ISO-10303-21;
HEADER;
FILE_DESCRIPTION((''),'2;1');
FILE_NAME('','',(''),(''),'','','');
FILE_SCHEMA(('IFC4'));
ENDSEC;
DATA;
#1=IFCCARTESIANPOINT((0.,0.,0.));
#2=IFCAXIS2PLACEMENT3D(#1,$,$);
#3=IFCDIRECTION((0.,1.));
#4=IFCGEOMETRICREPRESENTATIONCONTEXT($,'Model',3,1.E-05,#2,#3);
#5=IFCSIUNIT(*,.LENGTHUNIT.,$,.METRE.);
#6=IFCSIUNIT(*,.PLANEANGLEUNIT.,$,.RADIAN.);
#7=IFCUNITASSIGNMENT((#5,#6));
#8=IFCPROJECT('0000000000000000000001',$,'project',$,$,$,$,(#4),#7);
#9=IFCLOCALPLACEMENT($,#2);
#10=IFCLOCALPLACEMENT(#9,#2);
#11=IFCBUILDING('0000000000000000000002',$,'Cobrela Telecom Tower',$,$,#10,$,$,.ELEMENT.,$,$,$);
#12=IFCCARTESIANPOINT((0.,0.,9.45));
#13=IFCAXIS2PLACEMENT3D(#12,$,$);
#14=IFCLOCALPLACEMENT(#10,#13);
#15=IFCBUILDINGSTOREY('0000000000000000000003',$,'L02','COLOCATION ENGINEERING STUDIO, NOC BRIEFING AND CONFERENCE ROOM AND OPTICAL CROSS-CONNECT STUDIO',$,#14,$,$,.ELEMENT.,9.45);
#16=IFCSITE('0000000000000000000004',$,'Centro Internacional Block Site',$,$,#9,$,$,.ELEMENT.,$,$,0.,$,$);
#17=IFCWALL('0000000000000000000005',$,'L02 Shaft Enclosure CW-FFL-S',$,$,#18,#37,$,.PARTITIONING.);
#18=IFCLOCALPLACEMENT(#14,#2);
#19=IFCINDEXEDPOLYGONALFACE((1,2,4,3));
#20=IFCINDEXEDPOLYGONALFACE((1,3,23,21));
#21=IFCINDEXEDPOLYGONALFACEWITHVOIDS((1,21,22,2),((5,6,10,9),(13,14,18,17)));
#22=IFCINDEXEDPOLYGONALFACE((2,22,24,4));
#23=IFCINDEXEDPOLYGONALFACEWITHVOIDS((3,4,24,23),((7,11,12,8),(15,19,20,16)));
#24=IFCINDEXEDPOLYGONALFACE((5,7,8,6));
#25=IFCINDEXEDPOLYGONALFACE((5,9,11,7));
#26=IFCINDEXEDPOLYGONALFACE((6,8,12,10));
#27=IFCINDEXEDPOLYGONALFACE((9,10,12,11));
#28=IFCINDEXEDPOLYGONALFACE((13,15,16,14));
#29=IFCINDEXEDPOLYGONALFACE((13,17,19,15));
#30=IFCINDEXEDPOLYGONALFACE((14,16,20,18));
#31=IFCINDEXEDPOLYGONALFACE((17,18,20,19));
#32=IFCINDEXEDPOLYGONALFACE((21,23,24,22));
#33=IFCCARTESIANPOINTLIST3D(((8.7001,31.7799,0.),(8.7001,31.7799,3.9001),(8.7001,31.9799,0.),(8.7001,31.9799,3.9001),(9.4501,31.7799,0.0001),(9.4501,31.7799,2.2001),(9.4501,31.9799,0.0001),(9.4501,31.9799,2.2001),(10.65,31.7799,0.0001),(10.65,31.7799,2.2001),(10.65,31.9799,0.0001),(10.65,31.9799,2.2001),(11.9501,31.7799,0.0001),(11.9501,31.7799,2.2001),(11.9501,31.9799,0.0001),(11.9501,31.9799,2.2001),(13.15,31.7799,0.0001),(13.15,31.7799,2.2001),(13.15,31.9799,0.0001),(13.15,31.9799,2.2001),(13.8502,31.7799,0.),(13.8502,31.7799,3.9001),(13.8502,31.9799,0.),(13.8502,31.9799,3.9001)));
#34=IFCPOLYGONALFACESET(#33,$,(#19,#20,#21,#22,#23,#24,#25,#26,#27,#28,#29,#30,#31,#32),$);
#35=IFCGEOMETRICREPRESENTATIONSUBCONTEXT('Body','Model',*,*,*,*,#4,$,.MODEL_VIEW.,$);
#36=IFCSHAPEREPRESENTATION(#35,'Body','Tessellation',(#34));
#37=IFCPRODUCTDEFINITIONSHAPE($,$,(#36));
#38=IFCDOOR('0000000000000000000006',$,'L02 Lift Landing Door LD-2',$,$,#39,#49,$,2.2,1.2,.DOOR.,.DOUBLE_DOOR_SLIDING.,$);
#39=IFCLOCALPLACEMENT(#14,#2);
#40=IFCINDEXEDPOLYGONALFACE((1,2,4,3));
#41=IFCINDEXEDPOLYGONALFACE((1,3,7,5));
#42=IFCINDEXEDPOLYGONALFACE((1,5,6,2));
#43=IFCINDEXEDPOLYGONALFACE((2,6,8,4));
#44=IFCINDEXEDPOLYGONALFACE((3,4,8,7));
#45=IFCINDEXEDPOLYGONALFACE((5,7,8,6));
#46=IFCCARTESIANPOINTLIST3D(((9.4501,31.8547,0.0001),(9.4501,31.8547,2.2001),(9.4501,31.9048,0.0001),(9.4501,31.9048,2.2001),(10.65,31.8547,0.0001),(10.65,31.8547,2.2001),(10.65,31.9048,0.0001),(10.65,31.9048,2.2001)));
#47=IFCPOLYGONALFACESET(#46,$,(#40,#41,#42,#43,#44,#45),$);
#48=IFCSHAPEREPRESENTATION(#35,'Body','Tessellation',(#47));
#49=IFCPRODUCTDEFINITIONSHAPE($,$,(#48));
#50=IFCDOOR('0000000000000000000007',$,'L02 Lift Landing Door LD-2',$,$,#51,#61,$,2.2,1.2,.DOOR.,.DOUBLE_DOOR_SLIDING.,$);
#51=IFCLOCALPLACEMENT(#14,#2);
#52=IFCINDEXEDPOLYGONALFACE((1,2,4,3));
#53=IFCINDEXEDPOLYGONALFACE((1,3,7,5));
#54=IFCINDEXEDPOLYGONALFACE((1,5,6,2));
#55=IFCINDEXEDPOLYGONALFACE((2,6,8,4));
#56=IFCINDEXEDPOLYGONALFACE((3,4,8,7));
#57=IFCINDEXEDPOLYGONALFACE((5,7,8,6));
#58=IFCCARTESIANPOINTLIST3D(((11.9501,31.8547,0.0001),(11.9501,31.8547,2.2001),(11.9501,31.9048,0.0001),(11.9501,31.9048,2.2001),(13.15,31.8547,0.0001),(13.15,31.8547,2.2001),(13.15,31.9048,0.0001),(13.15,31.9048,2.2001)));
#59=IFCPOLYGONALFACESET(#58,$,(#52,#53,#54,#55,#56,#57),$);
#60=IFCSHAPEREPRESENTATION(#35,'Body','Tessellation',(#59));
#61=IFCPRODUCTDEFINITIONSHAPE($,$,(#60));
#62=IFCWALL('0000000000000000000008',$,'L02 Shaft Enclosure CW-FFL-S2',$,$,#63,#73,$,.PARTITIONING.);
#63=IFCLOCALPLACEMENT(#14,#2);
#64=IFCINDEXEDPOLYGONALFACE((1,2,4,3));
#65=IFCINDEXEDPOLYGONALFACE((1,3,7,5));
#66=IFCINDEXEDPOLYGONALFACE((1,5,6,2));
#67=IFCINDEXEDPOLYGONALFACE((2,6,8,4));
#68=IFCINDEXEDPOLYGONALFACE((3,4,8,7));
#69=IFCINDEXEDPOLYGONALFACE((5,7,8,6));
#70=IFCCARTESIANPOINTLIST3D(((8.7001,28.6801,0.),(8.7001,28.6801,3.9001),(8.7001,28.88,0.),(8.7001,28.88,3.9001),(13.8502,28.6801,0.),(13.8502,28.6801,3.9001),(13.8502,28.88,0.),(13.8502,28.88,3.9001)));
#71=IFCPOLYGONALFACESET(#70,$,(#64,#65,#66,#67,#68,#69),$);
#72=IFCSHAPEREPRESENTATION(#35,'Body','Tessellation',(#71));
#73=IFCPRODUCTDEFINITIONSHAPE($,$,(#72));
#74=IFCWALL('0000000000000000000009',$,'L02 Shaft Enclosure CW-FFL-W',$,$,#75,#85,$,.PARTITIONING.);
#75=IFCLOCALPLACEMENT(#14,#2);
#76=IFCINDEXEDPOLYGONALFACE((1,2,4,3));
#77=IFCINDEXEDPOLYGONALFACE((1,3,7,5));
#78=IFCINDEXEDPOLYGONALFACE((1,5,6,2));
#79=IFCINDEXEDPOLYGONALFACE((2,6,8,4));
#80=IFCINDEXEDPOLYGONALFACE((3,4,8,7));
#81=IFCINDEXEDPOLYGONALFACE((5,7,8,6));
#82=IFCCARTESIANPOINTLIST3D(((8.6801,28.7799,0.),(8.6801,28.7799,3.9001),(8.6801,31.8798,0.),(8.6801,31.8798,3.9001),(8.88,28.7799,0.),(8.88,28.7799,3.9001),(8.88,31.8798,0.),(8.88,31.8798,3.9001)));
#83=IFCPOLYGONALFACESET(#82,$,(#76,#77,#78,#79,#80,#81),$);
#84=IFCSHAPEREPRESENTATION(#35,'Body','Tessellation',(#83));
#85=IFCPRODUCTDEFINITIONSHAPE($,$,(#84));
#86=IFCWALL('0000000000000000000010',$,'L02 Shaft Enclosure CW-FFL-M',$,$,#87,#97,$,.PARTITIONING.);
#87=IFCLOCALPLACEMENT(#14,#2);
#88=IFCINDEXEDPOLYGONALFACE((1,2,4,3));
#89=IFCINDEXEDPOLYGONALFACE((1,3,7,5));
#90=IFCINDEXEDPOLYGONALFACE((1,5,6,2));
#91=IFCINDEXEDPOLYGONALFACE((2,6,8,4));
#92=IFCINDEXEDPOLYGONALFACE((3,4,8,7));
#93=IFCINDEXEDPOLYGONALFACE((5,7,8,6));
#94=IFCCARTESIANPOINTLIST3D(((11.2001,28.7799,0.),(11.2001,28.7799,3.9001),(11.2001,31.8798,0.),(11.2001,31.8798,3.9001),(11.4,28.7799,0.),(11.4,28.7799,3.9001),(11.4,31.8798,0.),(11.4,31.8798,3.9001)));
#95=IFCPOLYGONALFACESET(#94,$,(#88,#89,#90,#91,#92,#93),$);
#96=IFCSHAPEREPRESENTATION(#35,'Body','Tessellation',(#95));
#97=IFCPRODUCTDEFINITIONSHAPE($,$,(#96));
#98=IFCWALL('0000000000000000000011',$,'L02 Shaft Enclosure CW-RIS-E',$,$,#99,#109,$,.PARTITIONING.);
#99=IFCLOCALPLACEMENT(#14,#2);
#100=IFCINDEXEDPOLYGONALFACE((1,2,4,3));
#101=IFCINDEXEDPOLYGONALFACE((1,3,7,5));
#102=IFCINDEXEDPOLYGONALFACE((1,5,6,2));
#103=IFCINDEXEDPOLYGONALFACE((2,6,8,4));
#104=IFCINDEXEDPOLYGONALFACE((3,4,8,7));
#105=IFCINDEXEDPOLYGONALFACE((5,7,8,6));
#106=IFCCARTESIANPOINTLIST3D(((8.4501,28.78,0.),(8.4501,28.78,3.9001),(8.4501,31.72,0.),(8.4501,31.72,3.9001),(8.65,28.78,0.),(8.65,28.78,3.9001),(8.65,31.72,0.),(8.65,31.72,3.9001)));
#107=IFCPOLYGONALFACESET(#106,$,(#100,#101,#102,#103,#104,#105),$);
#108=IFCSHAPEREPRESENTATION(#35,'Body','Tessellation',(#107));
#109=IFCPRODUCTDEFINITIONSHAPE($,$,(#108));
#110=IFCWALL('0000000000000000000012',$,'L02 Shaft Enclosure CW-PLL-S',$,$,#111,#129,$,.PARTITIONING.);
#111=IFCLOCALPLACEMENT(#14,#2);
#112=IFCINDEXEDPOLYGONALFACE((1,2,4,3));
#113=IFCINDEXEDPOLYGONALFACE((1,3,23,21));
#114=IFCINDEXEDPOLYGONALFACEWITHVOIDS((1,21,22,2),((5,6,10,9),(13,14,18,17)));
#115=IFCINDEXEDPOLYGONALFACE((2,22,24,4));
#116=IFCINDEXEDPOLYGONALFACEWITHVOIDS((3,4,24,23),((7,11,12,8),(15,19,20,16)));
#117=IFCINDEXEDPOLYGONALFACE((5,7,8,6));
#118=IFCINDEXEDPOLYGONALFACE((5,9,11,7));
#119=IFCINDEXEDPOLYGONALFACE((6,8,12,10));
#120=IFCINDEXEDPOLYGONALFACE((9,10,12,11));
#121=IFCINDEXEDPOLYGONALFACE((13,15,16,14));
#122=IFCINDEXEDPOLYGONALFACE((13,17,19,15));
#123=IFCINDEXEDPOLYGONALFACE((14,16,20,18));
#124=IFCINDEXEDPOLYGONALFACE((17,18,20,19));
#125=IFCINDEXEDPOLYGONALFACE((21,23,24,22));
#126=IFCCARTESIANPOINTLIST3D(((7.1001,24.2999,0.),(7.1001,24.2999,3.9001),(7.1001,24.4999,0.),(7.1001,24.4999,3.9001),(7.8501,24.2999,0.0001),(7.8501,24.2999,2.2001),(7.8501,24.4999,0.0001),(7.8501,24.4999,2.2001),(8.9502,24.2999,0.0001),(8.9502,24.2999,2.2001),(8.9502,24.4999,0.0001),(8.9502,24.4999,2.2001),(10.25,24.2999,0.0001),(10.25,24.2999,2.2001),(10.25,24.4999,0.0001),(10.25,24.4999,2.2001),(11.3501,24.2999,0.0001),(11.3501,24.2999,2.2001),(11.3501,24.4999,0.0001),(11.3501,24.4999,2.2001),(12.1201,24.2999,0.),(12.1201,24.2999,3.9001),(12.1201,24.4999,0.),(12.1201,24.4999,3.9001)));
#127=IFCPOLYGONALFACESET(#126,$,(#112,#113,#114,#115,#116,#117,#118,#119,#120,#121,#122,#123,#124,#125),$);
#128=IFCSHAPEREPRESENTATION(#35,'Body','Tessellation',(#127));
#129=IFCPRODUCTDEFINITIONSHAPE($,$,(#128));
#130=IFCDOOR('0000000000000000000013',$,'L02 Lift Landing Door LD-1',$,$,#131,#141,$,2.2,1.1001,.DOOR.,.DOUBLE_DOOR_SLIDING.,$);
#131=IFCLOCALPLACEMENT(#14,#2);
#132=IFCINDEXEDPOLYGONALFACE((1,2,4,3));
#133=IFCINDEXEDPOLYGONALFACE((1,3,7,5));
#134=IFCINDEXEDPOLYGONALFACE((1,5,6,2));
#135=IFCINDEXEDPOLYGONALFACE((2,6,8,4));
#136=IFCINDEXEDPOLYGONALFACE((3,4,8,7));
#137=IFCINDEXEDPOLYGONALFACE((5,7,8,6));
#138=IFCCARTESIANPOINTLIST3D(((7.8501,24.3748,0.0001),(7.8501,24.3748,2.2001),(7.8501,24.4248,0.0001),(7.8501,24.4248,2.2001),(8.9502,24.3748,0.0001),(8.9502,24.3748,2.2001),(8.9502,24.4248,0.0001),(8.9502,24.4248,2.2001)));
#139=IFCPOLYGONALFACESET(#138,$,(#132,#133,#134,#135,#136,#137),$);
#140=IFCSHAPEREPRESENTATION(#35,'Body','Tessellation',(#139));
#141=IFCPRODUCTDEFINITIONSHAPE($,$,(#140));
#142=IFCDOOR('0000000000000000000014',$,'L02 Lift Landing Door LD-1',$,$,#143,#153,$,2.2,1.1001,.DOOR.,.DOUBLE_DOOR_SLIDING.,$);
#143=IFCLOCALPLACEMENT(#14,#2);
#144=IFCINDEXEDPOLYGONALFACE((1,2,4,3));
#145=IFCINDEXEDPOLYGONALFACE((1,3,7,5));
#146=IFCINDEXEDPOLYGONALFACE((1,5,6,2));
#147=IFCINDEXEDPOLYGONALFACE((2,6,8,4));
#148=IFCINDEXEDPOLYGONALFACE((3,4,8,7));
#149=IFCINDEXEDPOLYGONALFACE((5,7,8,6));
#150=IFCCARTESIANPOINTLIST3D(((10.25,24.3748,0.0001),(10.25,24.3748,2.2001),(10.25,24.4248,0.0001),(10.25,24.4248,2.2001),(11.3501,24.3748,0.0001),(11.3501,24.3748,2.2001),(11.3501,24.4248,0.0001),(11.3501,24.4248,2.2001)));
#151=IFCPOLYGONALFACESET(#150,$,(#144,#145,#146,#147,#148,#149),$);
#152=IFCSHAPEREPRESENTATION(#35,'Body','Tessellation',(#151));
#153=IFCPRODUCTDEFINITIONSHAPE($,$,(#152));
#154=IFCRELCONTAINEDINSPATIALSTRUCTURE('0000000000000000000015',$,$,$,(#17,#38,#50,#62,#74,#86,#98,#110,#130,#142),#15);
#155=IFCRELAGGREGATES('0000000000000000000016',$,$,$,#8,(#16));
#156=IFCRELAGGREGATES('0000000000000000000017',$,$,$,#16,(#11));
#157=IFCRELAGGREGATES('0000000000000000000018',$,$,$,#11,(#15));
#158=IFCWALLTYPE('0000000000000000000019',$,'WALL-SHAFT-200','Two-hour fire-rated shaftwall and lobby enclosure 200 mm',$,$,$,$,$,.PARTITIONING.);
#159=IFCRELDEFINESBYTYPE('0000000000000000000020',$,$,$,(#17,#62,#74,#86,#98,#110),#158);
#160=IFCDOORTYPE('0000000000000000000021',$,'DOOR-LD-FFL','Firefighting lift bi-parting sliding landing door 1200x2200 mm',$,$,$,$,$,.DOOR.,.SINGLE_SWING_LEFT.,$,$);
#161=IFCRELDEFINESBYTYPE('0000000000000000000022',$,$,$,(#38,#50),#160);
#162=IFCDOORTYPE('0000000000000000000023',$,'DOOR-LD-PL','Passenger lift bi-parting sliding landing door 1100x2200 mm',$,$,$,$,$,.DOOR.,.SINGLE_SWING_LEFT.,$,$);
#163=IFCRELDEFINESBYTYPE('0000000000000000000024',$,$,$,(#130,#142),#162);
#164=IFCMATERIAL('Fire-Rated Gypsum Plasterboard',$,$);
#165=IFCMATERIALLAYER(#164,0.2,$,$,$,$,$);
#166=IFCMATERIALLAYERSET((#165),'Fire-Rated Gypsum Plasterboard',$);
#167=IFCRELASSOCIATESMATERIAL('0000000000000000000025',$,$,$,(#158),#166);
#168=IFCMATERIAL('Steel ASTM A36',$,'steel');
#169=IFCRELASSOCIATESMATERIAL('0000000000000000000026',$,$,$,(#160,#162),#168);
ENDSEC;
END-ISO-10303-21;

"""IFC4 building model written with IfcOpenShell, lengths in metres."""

from ifc_helpers import new_model, si_unit, direction, frame, frame_2d, origin, place, context, subcontext, project, spatial, rectangle, extrude, material, layer, layer_set, type_object, element, fill, save


model = new_model("IFC4")

# Units and contexts
model_context = context("Model", 3, precision=1e-05, world=origin(), true_north=direction((0.0, 1.0)))
body_context = subcontext(model_context, "Body", "Model", "MODEL_VIEW")
ifc_project = project(units=[si_unit("LENGTHUNIT", "METRE"), si_unit("PLANEANGLEUNIT", "RADIAN")], contexts=[model_context])

# Site, building, storey
site_placement = place(None, origin())
site = spatial("IfcSite", under=ifc_project, at=site_placement, Name="Centro Internacional Block Site", CompositionType="ELEMENT", RefElevation=0.0)
building_placement = place(site_placement, origin())
building = spatial("IfcBuilding", under=site, at=building_placement, Name="Cobrela Telecom Tower", CompositionType="ELEMENT")
storey_placement = place(building_placement, frame((0.0, 0.0, 9.45)))
storey = spatial("IfcBuildingStorey", under=building, at=storey_placement, Name="L02", Description="COLOCATION ENGINEERING STUDIO, NOC BRIEFING AND CONFERENCE ROOM AND OPTICAL CROSS-CONNECT STUDIO", CompositionType="ELEMENT", Elevation=9.45)

# Wall, openings, doors
ifc_material_1 = material(Name="Steel ASTM A36", Category="steel")
ifc_material_2 = material(Name="Fire-Rated Gypsum Plasterboard")
ifc_layer_1 = layer(ifc_material_2, 0.2)
ifc_layer_set_1 = layer_set([ifc_layer_1], Name="Fire-Rated Gypsum Plasterboard")
wall_type_1 = type_object("IfcWallType", Name="WALL-SHAFT-200", Description="Two-hour fire-rated shaftwall and lobby enclosure 200 mm", PredefinedType="PARTITIONING", material=ifc_layer_set_1)
wall_1_placement = place(storey_placement, frame((8.7, 31.8799, 0.0), z_axis=(0.0, 0.0, 1.0), x_axis=(1.0, 0.0, 0.0)))
wall_1 = element("IfcWall", 1, at=wall_1_placement, inside=storey, type_object=wall_type_1, Name="L02 Shaft Enclosure CW-FFL-S", PredefinedType="PARTITIONING", context=body_context, shape_type="SweptSolid", body=[
    extrude(rectangle(XDim=5.1501, YDim=0.2, at=frame_2d((2.5752, 0.0))), origin(), (0.0, 0.0, 1.0), 3.9001),
])
opening_1_placement = place(wall_1_placement, frame((0.75, 0.0, 0.0)))
opening_1 = element("IfcOpeningElement", 2, at=opening_1_placement, cuts=wall_1, PredefinedType="OPENING", context=body_context, shape_type="SweptSolid", body=[
    extrude(rectangle(XDim=1.2, YDim=2.2, at=frame_2d((0.6001, 1.1001))), frame((0.0, 0.1118, 0.0), z_axis=(0.0, -1.0, 0.0), x_axis=(1.0, 0.0, 0.0)), (0.0, 0.0, 1.0), 0.2239),
])
opening_2_placement = place(wall_1_placement, frame((3.25, 0.0, 0.0)))
opening_2 = element("IfcOpeningElement", 3, at=opening_2_placement, cuts=wall_1, PredefinedType="OPENING", context=body_context, shape_type="SweptSolid", body=[
    extrude(rectangle(XDim=1.2, YDim=2.2, at=frame_2d((0.6001, 1.1001))), frame((0.0, 0.1118, 0.0), z_axis=(0.0, -1.0, 0.0), x_axis=(1.0, 0.0, 0.0)), (0.0, 0.0, 1.0), 0.2239),
])
door_type_1 = type_object("IfcDoorType", Name="DOOR-LD-FFL", Description="Firefighting lift bi-parting sliding landing door 1200x2200 mm", OperationType="SINGLE_SWING_LEFT", PredefinedType="DOOR", material=ifc_material_1)
door_1_placement = place(opening_1_placement, origin())
door_1 = element("IfcDoor", 4, at=door_1_placement, inside=storey, type_object=door_type_1, Name="L02 Lift Landing Door LD-2", OperationType="DOUBLE_DOOR_SLIDING", OverallHeight=2.2, OverallWidth=1.2, PredefinedType="DOOR", context=body_context, shape_type="SweptSolid", body=[
    extrude(rectangle(XDim=1.2, YDim=2.2, at=frame_2d((0.6001, 1.1001))), frame((0.0, 0.0249, 0.0), z_axis=(0.0, -1.0, 0.0), x_axis=(1.0, 0.0, 0.0)), (0.0, 0.0, 1.0), 0.05),
])
fill(opening_1, door_1)
door_2_placement = place(opening_2_placement, origin())
door_2 = element("IfcDoor", 5, at=door_2_placement, inside=storey, type_object=door_type_1, Name="L02 Lift Landing Door LD-2", OperationType="DOUBLE_DOOR_SLIDING", OverallHeight=2.2, OverallWidth=1.2, PredefinedType="DOOR", context=body_context, shape_type="SweptSolid", body=[
    extrude(rectangle(XDim=1.2, YDim=2.2, at=frame_2d((0.6001, 1.1001))), frame((0.0, 0.0249, 0.0), z_axis=(0.0, -1.0, 0.0), x_axis=(1.0, 0.0, 0.0)), (0.0, 0.0, 1.0), 0.05),
])
fill(opening_2, door_2)

# Walls
wall_2_placement = place(storey_placement, frame((8.7, 28.78, 0.0), z_axis=(0.0, 0.0, 1.0), x_axis=(1.0, 0.0, 0.0)))
element("IfcWall", 6, at=wall_2_placement, inside=storey, type_object=wall_type_1, Name="L02 Shaft Enclosure CW-FFL-S2", PredefinedType="PARTITIONING", context=body_context, shape_type="SweptSolid", body=[
    extrude(rectangle(XDim=5.1501, YDim=0.2, at=frame_2d((2.5752, 0.0))), origin(), (0.0, 0.0, 1.0), 3.9001),
])
for number, where, z_axis, x_axis, name in (
    (7, (8.78, 28.78, 0.0), (0.0, 0.0, 1.0), (0.0, 1.0, 0.0), "L02 Shaft Enclosure CW-FFL-W"),
    (8, (11.3, 28.78, 0.0), (0.0, 0.0, 1.0), (0.0, 1.0, 0.0), "L02 Shaft Enclosure CW-FFL-M"),
):
    element("IfcWall", number, at=place(storey_placement, frame(where, z_axis=z_axis, x_axis=x_axis)), inside=storey, type_object=wall_type_1, Name=name, PredefinedType="PARTITIONING", context=body_context, shape_type="SweptSolid", body=[
        extrude(rectangle(XDim=3.0999, YDim=0.2, at=frame_2d((1.5498, 0.0))), origin(), (0.0, 0.0, 1.0), 3.9001),
    ])
wall_3_placement = place(storey_placement, frame((8.55, 28.78, 0.0), z_axis=(0.0, 0.0, 1.0), x_axis=(0.0, 1.0, 0.0)))
element("IfcWall", 9, at=wall_3_placement, inside=storey, type_object=wall_type_1, Name="L02 Shaft Enclosure CW-RIS-E", PredefinedType="PARTITIONING", context=body_context, shape_type="SweptSolid", body=[
    extrude(rectangle(XDim=2.9399, YDim=0.2, at=frame_2d((1.47, 0.0))), origin(), (0.0, 0.0, 1.0), 3.9001),
])

# Wall, openings, doors
wall_4_placement = place(storey_placement, frame((7.1001, 24.3999, 0.0), z_axis=(0.0, 0.0, 1.0), x_axis=(1.0, 0.0, 0.0)))
wall_4 = element("IfcWall", 10, at=wall_4_placement, inside=storey, type_object=wall_type_1, Name="L02 Shaft Enclosure CW-PLL-S", PredefinedType="PARTITIONING", context=body_context, shape_type="SweptSolid", body=[
    extrude(rectangle(XDim=5.02, YDim=0.2, at=frame_2d((2.51, 0.0))), origin(), (0.0, 0.0, 1.0), 3.9001),
])
opening_3_placement = place(wall_4_placement, frame((0.75, 0.0, 0.0)))
opening_3 = element("IfcOpeningElement", 11, at=opening_3_placement, cuts=wall_4, PredefinedType="OPENING", context=body_context, shape_type="SweptSolid", body=[
    extrude(rectangle(XDim=1.1001, YDim=2.2, at=frame_2d((0.55, 1.1001))), frame((0.0, 0.1118, 0.0), z_axis=(0.0, -1.0, 0.0), x_axis=(1.0, 0.0, 0.0)), (0.0, 0.0, 1.0), 0.2239),
])
opening_4_placement = place(wall_4_placement, frame((3.1499, 0.0, 0.0)))
opening_4 = element("IfcOpeningElement", 12, at=opening_4_placement, cuts=wall_4, PredefinedType="OPENING", context=body_context, shape_type="SweptSolid", body=[
    extrude(rectangle(XDim=1.1001, YDim=2.2, at=frame_2d((0.55, 1.1001))), frame((0.0, 0.1118, 0.0), z_axis=(0.0, -1.0, 0.0), x_axis=(1.0, 0.0, 0.0)), (0.0, 0.0, 1.0), 0.2239),
])
door_type_2 = type_object("IfcDoorType", Name="DOOR-LD-PL", Description="Passenger lift bi-parting sliding landing door 1100x2200 mm", OperationType="SINGLE_SWING_LEFT", PredefinedType="DOOR", material=ifc_material_1)
door_3_placement = place(opening_3_placement, origin())
door_3 = element("IfcDoor", 13, at=door_3_placement, inside=storey, type_object=door_type_2, Name="L02 Lift Landing Door LD-1", OperationType="DOUBLE_DOOR_SLIDING", OverallHeight=2.2, OverallWidth=1.1001, PredefinedType="DOOR", context=body_context, shape_type="SweptSolid", body=[
    extrude(rectangle(XDim=1.1001, YDim=2.2, at=frame_2d((0.55, 1.1001))), frame((0.0, 0.0249, 0.0), z_axis=(0.0, -1.0, 0.0), x_axis=(1.0, 0.0, 0.0)), (0.0, 0.0, 1.0), 0.05),
])
fill(opening_3, door_3)
door_4_placement = place(opening_4_placement, origin())
door_4 = element("IfcDoor", 14, at=door_4_placement, inside=storey, type_object=door_type_2, Name="L02 Lift Landing Door LD-1", OperationType="DOUBLE_DOOR_SLIDING", OverallHeight=2.2, OverallWidth=1.1001, PredefinedType="DOOR", context=body_context, shape_type="SweptSolid", body=[
    extrude(rectangle(XDim=1.1001, YDim=2.2, at=frame_2d((0.55, 1.1001))), frame((0.0, 0.0249, 0.0), z_axis=(0.0, -1.0, 0.0), x_axis=(1.0, 0.0, 0.0)), (0.0, 0.0, 1.0), 0.05),
])
fill(opening_4, door_4)

save(model, "model.ifc")
